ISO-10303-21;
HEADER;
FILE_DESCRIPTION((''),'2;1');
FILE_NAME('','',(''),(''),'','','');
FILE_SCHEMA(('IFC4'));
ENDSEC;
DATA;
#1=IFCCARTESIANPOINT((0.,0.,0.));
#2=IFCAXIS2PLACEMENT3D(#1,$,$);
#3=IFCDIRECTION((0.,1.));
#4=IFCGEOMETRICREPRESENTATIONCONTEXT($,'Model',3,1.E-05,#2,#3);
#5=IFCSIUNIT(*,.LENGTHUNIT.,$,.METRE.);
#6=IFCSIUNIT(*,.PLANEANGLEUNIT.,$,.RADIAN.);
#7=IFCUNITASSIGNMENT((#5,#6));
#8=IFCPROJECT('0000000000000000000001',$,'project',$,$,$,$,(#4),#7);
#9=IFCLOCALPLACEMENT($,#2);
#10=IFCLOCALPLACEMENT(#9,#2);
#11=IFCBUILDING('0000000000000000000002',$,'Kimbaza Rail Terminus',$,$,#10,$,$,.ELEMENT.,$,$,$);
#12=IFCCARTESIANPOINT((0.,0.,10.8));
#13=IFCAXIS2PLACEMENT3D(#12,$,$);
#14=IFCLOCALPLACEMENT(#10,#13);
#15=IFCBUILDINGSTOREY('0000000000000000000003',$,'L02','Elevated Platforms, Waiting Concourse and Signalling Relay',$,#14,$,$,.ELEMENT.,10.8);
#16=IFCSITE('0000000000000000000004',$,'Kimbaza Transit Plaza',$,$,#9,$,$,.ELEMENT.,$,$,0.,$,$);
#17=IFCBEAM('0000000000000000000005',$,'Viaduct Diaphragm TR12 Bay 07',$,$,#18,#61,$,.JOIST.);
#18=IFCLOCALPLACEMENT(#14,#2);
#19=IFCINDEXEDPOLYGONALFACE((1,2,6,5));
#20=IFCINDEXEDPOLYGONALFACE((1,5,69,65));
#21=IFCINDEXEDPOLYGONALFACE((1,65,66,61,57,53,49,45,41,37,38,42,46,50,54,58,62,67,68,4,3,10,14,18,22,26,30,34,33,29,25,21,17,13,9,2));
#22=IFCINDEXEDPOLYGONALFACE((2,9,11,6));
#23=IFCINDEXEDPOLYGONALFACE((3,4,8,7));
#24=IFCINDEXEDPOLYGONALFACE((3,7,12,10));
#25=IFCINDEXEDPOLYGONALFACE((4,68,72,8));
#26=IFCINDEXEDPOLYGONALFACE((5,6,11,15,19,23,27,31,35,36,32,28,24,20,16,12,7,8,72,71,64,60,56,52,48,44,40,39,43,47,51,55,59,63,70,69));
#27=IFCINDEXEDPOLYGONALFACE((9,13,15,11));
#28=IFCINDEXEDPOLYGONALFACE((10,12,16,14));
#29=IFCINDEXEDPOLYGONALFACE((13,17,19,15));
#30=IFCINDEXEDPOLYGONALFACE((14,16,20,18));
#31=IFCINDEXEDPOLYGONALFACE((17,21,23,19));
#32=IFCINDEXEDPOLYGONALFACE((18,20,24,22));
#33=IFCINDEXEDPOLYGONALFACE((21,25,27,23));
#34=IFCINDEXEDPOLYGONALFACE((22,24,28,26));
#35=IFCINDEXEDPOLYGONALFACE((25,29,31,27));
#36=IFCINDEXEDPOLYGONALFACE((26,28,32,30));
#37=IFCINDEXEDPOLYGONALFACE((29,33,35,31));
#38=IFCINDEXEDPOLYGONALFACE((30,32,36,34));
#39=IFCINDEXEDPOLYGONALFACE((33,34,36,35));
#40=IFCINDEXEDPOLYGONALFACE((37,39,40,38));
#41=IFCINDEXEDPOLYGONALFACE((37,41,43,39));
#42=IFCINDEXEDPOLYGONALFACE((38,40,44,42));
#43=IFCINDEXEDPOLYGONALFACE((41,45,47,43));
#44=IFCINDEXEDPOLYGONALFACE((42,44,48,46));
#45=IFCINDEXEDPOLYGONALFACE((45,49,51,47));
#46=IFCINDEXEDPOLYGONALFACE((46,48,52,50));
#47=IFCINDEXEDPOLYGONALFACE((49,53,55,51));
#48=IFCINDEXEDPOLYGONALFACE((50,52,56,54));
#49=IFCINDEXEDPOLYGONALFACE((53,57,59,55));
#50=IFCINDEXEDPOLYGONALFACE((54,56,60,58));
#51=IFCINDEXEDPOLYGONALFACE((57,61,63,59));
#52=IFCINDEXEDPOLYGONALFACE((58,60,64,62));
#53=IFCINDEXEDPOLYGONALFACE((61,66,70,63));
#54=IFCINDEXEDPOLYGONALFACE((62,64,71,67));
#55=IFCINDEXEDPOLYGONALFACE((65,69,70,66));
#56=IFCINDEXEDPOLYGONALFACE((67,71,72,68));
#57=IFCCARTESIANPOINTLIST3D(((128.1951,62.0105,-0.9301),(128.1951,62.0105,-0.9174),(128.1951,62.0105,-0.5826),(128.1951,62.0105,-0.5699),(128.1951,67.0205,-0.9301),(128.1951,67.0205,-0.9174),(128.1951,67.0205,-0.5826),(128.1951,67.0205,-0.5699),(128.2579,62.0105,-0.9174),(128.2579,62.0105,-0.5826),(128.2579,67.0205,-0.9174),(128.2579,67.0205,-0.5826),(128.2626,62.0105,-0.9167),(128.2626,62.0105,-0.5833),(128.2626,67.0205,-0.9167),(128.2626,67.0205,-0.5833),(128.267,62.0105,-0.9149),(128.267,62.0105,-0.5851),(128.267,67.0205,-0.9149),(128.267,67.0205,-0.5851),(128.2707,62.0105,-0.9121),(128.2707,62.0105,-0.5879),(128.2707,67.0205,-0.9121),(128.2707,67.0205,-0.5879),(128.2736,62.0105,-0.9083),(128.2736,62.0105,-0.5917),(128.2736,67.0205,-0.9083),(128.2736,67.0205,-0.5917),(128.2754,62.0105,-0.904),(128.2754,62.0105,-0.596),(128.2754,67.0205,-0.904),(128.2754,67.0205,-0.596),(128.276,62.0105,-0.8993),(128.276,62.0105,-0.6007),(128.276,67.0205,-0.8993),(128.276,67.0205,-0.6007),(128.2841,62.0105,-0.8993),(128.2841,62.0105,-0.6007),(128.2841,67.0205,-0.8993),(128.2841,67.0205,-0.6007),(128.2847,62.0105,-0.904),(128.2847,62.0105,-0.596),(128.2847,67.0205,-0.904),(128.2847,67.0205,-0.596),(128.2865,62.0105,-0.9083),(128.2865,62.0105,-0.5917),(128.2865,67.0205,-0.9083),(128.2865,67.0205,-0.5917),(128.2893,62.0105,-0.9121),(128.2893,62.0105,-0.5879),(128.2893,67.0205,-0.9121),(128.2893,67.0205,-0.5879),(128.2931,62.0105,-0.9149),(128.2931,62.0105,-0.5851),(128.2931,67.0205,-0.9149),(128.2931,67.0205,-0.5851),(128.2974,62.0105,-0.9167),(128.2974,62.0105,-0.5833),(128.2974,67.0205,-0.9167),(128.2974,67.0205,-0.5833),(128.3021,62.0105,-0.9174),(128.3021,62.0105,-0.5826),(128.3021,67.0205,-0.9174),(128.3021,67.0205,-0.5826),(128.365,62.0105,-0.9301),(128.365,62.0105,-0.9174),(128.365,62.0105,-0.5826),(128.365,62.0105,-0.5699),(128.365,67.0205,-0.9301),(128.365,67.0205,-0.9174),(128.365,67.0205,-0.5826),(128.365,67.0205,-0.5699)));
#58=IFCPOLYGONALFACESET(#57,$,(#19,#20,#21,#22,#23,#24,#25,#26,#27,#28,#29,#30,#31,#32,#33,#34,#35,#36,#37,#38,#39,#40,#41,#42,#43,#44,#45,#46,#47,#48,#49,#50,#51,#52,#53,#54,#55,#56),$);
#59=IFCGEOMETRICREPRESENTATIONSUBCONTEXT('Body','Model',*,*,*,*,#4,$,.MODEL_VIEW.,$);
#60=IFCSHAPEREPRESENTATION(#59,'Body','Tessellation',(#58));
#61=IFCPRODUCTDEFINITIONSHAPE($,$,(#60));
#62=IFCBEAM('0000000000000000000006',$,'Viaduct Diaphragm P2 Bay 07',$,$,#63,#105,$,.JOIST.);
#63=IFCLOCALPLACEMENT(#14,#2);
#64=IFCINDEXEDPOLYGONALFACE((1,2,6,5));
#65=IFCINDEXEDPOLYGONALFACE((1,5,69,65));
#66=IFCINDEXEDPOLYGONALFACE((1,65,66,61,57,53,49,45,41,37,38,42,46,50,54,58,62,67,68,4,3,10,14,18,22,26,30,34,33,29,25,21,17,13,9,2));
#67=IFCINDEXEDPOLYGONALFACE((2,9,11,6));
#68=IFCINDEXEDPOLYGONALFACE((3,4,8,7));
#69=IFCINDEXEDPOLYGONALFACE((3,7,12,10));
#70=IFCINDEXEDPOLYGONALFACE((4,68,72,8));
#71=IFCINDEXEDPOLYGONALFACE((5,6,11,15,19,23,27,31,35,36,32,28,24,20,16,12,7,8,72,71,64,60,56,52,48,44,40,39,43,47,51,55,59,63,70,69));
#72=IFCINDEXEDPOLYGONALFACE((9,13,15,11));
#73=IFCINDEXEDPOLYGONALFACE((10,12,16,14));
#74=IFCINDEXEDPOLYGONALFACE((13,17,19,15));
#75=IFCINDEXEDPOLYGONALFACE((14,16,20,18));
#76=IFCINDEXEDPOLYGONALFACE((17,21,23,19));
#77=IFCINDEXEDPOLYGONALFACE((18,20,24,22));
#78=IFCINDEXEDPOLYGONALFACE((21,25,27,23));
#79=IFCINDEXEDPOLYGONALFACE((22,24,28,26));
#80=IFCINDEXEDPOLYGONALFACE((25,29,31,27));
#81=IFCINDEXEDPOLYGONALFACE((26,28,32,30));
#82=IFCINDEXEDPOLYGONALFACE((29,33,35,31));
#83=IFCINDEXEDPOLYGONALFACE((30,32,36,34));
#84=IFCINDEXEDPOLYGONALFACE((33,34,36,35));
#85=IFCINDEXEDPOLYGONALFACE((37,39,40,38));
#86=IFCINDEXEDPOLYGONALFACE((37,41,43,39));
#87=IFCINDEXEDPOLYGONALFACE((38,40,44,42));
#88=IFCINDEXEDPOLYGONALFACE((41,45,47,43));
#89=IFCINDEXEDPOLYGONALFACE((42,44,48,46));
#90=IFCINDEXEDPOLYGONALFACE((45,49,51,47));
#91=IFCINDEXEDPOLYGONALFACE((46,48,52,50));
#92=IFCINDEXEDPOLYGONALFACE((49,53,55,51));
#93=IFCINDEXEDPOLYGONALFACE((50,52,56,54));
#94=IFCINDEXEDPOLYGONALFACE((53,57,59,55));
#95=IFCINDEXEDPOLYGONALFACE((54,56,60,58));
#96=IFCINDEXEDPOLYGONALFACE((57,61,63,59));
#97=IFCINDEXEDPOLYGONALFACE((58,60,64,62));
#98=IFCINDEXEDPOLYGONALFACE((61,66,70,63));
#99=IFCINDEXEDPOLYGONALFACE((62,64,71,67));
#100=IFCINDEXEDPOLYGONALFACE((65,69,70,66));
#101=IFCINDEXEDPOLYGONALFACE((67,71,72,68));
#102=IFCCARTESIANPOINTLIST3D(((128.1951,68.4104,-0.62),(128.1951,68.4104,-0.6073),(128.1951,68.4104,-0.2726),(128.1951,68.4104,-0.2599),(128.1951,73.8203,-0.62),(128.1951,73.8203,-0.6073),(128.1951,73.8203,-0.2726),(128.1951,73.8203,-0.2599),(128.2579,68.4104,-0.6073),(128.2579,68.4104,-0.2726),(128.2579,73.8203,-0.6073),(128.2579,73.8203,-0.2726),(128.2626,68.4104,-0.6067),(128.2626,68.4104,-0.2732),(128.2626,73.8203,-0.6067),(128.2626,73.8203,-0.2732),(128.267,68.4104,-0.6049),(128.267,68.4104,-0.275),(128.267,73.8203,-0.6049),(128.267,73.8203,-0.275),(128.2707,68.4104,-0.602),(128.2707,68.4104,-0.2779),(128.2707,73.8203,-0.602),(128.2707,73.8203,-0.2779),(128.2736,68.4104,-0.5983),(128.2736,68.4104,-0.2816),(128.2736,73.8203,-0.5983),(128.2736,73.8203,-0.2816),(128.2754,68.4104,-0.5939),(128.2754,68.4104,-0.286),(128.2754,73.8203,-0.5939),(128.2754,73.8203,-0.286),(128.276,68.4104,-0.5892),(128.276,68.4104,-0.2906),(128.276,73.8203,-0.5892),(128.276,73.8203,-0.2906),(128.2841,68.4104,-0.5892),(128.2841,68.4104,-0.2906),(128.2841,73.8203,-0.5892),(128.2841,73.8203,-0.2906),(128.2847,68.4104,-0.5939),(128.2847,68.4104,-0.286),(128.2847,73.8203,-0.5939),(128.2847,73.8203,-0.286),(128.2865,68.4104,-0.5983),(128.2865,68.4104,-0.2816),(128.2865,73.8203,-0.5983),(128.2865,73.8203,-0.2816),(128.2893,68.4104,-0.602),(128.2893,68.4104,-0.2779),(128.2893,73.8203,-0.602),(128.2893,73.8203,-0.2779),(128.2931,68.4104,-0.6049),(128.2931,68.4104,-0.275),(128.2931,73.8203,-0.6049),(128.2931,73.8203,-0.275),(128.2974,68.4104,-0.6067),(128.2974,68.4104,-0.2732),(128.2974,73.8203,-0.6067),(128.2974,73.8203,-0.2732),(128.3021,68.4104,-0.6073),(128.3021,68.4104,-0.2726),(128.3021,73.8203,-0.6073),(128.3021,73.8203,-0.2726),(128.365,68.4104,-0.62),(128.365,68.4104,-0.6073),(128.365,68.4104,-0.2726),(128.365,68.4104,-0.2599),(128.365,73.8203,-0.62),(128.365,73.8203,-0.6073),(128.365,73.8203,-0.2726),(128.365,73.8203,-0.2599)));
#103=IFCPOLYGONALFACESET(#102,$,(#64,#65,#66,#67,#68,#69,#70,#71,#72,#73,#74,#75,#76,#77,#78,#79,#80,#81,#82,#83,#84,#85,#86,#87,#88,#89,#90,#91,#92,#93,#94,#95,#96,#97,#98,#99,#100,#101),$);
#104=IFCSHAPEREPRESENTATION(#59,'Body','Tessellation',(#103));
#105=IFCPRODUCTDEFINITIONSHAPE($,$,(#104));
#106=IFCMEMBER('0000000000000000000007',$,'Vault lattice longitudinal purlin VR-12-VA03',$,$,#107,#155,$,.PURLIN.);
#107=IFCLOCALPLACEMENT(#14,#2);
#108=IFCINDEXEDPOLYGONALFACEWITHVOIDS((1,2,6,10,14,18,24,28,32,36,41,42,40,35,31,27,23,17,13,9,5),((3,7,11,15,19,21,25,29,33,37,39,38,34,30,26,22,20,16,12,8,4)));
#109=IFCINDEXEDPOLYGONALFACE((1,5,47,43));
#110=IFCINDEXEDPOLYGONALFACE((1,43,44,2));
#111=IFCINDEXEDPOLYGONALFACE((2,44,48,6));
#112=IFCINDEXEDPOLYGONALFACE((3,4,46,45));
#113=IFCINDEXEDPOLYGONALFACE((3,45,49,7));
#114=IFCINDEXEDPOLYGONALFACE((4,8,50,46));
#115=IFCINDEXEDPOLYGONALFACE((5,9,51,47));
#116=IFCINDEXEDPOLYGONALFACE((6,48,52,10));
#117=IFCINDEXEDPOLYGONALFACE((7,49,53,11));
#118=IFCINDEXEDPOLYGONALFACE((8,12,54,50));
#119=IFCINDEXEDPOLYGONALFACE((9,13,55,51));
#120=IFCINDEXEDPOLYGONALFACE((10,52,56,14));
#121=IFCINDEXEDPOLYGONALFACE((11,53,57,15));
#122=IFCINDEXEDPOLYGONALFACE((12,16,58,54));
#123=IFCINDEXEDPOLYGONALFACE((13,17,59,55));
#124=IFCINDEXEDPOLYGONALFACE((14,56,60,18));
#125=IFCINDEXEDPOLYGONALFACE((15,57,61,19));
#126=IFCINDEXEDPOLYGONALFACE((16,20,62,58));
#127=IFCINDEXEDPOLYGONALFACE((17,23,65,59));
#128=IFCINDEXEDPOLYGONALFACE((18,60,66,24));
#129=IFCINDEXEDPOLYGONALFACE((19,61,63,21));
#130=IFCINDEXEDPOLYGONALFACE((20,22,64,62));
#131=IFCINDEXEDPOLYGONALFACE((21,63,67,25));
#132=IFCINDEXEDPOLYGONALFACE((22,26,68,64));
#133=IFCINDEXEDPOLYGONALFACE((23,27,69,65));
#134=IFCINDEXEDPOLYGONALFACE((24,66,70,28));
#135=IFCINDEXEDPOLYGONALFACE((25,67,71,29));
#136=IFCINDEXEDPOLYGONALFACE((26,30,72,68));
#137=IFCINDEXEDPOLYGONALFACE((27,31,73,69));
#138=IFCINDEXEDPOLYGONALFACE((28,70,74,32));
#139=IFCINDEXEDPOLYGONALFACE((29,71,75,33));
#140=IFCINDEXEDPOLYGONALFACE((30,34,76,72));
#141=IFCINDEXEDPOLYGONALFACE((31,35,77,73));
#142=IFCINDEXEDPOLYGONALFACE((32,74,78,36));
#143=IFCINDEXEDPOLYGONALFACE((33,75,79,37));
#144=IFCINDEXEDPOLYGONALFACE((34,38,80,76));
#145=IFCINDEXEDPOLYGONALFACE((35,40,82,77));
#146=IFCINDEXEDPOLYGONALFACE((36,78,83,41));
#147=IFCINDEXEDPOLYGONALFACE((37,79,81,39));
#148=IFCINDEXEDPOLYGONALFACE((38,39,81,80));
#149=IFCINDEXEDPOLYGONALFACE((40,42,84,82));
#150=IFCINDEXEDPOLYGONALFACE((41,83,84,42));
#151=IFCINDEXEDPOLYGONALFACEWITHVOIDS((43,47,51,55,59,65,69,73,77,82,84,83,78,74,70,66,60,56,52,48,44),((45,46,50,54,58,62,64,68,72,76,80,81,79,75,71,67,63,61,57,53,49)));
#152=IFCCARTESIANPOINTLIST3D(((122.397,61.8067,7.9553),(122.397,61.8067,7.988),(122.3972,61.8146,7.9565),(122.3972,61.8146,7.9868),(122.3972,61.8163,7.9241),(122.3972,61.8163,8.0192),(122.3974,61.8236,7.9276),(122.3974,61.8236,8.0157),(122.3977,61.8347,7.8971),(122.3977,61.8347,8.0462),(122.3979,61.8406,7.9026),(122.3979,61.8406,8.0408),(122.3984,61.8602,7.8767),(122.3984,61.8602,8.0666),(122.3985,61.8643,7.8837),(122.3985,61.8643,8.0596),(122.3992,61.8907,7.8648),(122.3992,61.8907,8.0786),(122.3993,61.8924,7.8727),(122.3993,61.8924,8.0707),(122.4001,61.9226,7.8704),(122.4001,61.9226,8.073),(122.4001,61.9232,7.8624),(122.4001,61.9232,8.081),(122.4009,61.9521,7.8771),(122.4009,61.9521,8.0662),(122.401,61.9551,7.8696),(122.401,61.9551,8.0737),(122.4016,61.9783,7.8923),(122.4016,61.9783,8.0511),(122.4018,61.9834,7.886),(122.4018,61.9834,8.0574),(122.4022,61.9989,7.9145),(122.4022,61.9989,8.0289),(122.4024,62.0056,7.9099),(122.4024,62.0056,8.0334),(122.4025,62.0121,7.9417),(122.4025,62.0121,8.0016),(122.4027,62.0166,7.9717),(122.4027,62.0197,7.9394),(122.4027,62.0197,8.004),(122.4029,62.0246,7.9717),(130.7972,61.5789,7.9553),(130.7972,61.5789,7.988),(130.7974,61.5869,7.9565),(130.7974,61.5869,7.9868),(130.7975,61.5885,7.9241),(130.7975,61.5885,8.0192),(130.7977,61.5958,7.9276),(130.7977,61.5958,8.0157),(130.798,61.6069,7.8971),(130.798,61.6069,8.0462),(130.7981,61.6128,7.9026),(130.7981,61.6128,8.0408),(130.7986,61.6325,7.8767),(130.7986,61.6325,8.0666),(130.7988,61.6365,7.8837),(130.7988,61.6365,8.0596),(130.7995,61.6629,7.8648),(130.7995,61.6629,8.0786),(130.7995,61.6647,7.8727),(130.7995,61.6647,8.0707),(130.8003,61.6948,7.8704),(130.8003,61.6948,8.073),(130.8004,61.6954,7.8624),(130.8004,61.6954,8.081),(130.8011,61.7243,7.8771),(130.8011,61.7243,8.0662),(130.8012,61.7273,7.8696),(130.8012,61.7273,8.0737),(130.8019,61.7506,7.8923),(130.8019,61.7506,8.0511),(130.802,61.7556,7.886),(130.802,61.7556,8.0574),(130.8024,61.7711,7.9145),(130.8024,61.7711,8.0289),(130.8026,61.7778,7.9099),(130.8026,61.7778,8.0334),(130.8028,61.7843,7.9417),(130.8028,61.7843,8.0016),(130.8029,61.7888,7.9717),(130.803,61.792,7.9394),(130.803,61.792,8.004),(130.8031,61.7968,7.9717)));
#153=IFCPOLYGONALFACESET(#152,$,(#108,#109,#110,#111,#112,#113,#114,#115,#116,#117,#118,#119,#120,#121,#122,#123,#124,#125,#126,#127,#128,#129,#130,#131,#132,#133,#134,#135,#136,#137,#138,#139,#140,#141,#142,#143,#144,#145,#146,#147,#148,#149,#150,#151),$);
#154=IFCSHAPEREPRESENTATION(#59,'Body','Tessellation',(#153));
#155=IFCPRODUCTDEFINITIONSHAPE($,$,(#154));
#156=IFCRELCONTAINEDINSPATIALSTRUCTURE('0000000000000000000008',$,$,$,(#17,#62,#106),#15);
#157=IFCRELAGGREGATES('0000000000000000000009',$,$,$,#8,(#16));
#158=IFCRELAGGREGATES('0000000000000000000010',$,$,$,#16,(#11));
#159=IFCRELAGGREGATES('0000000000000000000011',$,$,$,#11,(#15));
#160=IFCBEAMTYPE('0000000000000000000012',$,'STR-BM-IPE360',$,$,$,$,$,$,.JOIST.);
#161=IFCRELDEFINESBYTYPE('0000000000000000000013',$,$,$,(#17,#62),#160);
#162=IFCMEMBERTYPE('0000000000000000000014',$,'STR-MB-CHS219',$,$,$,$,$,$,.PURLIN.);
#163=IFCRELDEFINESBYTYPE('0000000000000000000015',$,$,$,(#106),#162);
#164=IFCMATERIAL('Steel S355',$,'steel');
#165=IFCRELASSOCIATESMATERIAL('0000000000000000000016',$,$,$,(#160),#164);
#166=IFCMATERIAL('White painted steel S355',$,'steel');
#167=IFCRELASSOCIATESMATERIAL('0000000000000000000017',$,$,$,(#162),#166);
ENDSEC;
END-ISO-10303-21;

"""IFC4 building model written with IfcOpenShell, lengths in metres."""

from ifc_helpers import new_model, si_unit, direction, frame, origin, origin_2d, place, context, subcontext, project, spatial, hollow_circle, i_section, extrude, material, material_profile, profile_set, type_object, element, save


model = new_model("IFC4")

# Units and contexts
model_context = context("Model", 3, precision=1e-05, world=origin(), true_north=direction((0.0, 1.0)))
body_context = subcontext(model_context, "Body", "Model", "MODEL_VIEW")
ifc_project = project(units=[si_unit("LENGTHUNIT", "METRE"), si_unit("PLANEANGLEUNIT", "RADIAN")], contexts=[model_context])

# Site, building, storey
site_placement = place(None, origin())
site = spatial("IfcSite", under=ifc_project, at=site_placement, Name="Kimbaza Transit Plaza", CompositionType="ELEMENT", RefElevation=0.0)
building_placement = place(site_placement, origin())
building = spatial("IfcBuilding", under=site, at=building_placement, Name="Kimbaza Rail Terminus", CompositionType="ELEMENT")
storey_placement = place(building_placement, frame((0.0, 0.0, 10.8)))
storey = spatial("IfcBuildingStorey", under=building, at=storey_placement, Name="L02", Description="Elevated Platforms, Waiting Concourse and Signalling Relay", CompositionType="ELEMENT", Elevation=10.8)

# Beams
ifc_material_1 = material(Name="Steel S355", Category="steel")
ifc_material_profile_1 = material_profile(ifc_material_1, i_section(OverallWidth=0.1699, OverallDepth=0.3601, WebThickness=0.0081, FlangeThickness=0.0127, FilletRadius=0.0181, at=origin_2d()), Name="IPE 360")
ifc_profile_set_1 = profile_set([ifc_material_profile_1], Name="Steel S355")
beam_type_1 = type_object("IfcBeamType", Name="STR-BM-IPE360", PredefinedType="JOIST", material=ifc_profile_set_1)
beam_1_placement = place(storey_placement, frame((128.28, 62.0105, -0.75), z_axis=(0.0, 1.0, 0.0), x_axis=(-1.0, 0.0, 0.0)))
element("IfcBeam", 1, at=beam_1_placement, inside=storey, type_object=beam_type_1, Name="Viaduct Diaphragm TR12 Bay 07", PredefinedType="JOIST", context=body_context, shape_type="SweptSolid", body=[
    extrude(i_section(OverallWidth=0.1699, OverallDepth=0.3601, WebThickness=0.0081, FlangeThickness=0.0127, FilletRadius=0.0181, at=origin_2d()), origin(), (0.0, 0.0, 1.0), 5.01),
])
beam_2_placement = place(storey_placement, frame((128.28, 68.4104, -0.4399), z_axis=(0.0, 1.0, 0.0), x_axis=(-1.0, 0.0, 0.0)))
element("IfcBeam", 2, at=beam_2_placement, inside=storey, type_object=beam_type_1, Name="Viaduct Diaphragm P2 Bay 07", PredefinedType="JOIST", context=body_context, shape_type="SweptSolid", body=[
    extrude(i_section(OverallWidth=0.1699, OverallDepth=0.3601, WebThickness=0.0081, FlangeThickness=0.0127, FilletRadius=0.0181, at=origin_2d()), origin(), (0.0, 0.0, 1.0), 5.4099),
])

# Member
ifc_material_2 = material(Name="White painted steel S355", Category="steel")
ifc_material_profile_2 = material_profile(ifc_material_2, hollow_circle(Radius=0.1096, WallThickness=0.0081, at=origin_2d()), Name="CHS 219.1x8")
ifc_profile_set_2 = profile_set([ifc_material_profile_2], Name="White painted steel S355")
member_type_1 = type_object("IfcMemberType", Name="STR-MB-CHS219", PredefinedType="PURLIN", material=ifc_profile_set_2)
for number, where, z_axis, x_axis, name in (
    (3, (122.3999, 61.915, 7.9717), (0.999633, -0.027107, 0.0), (0.027107, 0.999633, 0.0), "Vault lattice longitudinal purlin VR-12-VA03"),
):
    element("IfcMember", number, at=place(storey_placement, frame(where, z_axis=z_axis, x_axis=x_axis)), inside=storey, type_object=member_type_1, Name=name, PredefinedType="PURLIN", context=body_context, shape_type="SweptSolid", body=[
        extrude(hollow_circle(Radius=0.1096, WallThickness=0.0081, at=origin_2d()), origin(), (0.0, 0.0, 1.0), 8.4033),
    ])

save(model, "model.ifc")
